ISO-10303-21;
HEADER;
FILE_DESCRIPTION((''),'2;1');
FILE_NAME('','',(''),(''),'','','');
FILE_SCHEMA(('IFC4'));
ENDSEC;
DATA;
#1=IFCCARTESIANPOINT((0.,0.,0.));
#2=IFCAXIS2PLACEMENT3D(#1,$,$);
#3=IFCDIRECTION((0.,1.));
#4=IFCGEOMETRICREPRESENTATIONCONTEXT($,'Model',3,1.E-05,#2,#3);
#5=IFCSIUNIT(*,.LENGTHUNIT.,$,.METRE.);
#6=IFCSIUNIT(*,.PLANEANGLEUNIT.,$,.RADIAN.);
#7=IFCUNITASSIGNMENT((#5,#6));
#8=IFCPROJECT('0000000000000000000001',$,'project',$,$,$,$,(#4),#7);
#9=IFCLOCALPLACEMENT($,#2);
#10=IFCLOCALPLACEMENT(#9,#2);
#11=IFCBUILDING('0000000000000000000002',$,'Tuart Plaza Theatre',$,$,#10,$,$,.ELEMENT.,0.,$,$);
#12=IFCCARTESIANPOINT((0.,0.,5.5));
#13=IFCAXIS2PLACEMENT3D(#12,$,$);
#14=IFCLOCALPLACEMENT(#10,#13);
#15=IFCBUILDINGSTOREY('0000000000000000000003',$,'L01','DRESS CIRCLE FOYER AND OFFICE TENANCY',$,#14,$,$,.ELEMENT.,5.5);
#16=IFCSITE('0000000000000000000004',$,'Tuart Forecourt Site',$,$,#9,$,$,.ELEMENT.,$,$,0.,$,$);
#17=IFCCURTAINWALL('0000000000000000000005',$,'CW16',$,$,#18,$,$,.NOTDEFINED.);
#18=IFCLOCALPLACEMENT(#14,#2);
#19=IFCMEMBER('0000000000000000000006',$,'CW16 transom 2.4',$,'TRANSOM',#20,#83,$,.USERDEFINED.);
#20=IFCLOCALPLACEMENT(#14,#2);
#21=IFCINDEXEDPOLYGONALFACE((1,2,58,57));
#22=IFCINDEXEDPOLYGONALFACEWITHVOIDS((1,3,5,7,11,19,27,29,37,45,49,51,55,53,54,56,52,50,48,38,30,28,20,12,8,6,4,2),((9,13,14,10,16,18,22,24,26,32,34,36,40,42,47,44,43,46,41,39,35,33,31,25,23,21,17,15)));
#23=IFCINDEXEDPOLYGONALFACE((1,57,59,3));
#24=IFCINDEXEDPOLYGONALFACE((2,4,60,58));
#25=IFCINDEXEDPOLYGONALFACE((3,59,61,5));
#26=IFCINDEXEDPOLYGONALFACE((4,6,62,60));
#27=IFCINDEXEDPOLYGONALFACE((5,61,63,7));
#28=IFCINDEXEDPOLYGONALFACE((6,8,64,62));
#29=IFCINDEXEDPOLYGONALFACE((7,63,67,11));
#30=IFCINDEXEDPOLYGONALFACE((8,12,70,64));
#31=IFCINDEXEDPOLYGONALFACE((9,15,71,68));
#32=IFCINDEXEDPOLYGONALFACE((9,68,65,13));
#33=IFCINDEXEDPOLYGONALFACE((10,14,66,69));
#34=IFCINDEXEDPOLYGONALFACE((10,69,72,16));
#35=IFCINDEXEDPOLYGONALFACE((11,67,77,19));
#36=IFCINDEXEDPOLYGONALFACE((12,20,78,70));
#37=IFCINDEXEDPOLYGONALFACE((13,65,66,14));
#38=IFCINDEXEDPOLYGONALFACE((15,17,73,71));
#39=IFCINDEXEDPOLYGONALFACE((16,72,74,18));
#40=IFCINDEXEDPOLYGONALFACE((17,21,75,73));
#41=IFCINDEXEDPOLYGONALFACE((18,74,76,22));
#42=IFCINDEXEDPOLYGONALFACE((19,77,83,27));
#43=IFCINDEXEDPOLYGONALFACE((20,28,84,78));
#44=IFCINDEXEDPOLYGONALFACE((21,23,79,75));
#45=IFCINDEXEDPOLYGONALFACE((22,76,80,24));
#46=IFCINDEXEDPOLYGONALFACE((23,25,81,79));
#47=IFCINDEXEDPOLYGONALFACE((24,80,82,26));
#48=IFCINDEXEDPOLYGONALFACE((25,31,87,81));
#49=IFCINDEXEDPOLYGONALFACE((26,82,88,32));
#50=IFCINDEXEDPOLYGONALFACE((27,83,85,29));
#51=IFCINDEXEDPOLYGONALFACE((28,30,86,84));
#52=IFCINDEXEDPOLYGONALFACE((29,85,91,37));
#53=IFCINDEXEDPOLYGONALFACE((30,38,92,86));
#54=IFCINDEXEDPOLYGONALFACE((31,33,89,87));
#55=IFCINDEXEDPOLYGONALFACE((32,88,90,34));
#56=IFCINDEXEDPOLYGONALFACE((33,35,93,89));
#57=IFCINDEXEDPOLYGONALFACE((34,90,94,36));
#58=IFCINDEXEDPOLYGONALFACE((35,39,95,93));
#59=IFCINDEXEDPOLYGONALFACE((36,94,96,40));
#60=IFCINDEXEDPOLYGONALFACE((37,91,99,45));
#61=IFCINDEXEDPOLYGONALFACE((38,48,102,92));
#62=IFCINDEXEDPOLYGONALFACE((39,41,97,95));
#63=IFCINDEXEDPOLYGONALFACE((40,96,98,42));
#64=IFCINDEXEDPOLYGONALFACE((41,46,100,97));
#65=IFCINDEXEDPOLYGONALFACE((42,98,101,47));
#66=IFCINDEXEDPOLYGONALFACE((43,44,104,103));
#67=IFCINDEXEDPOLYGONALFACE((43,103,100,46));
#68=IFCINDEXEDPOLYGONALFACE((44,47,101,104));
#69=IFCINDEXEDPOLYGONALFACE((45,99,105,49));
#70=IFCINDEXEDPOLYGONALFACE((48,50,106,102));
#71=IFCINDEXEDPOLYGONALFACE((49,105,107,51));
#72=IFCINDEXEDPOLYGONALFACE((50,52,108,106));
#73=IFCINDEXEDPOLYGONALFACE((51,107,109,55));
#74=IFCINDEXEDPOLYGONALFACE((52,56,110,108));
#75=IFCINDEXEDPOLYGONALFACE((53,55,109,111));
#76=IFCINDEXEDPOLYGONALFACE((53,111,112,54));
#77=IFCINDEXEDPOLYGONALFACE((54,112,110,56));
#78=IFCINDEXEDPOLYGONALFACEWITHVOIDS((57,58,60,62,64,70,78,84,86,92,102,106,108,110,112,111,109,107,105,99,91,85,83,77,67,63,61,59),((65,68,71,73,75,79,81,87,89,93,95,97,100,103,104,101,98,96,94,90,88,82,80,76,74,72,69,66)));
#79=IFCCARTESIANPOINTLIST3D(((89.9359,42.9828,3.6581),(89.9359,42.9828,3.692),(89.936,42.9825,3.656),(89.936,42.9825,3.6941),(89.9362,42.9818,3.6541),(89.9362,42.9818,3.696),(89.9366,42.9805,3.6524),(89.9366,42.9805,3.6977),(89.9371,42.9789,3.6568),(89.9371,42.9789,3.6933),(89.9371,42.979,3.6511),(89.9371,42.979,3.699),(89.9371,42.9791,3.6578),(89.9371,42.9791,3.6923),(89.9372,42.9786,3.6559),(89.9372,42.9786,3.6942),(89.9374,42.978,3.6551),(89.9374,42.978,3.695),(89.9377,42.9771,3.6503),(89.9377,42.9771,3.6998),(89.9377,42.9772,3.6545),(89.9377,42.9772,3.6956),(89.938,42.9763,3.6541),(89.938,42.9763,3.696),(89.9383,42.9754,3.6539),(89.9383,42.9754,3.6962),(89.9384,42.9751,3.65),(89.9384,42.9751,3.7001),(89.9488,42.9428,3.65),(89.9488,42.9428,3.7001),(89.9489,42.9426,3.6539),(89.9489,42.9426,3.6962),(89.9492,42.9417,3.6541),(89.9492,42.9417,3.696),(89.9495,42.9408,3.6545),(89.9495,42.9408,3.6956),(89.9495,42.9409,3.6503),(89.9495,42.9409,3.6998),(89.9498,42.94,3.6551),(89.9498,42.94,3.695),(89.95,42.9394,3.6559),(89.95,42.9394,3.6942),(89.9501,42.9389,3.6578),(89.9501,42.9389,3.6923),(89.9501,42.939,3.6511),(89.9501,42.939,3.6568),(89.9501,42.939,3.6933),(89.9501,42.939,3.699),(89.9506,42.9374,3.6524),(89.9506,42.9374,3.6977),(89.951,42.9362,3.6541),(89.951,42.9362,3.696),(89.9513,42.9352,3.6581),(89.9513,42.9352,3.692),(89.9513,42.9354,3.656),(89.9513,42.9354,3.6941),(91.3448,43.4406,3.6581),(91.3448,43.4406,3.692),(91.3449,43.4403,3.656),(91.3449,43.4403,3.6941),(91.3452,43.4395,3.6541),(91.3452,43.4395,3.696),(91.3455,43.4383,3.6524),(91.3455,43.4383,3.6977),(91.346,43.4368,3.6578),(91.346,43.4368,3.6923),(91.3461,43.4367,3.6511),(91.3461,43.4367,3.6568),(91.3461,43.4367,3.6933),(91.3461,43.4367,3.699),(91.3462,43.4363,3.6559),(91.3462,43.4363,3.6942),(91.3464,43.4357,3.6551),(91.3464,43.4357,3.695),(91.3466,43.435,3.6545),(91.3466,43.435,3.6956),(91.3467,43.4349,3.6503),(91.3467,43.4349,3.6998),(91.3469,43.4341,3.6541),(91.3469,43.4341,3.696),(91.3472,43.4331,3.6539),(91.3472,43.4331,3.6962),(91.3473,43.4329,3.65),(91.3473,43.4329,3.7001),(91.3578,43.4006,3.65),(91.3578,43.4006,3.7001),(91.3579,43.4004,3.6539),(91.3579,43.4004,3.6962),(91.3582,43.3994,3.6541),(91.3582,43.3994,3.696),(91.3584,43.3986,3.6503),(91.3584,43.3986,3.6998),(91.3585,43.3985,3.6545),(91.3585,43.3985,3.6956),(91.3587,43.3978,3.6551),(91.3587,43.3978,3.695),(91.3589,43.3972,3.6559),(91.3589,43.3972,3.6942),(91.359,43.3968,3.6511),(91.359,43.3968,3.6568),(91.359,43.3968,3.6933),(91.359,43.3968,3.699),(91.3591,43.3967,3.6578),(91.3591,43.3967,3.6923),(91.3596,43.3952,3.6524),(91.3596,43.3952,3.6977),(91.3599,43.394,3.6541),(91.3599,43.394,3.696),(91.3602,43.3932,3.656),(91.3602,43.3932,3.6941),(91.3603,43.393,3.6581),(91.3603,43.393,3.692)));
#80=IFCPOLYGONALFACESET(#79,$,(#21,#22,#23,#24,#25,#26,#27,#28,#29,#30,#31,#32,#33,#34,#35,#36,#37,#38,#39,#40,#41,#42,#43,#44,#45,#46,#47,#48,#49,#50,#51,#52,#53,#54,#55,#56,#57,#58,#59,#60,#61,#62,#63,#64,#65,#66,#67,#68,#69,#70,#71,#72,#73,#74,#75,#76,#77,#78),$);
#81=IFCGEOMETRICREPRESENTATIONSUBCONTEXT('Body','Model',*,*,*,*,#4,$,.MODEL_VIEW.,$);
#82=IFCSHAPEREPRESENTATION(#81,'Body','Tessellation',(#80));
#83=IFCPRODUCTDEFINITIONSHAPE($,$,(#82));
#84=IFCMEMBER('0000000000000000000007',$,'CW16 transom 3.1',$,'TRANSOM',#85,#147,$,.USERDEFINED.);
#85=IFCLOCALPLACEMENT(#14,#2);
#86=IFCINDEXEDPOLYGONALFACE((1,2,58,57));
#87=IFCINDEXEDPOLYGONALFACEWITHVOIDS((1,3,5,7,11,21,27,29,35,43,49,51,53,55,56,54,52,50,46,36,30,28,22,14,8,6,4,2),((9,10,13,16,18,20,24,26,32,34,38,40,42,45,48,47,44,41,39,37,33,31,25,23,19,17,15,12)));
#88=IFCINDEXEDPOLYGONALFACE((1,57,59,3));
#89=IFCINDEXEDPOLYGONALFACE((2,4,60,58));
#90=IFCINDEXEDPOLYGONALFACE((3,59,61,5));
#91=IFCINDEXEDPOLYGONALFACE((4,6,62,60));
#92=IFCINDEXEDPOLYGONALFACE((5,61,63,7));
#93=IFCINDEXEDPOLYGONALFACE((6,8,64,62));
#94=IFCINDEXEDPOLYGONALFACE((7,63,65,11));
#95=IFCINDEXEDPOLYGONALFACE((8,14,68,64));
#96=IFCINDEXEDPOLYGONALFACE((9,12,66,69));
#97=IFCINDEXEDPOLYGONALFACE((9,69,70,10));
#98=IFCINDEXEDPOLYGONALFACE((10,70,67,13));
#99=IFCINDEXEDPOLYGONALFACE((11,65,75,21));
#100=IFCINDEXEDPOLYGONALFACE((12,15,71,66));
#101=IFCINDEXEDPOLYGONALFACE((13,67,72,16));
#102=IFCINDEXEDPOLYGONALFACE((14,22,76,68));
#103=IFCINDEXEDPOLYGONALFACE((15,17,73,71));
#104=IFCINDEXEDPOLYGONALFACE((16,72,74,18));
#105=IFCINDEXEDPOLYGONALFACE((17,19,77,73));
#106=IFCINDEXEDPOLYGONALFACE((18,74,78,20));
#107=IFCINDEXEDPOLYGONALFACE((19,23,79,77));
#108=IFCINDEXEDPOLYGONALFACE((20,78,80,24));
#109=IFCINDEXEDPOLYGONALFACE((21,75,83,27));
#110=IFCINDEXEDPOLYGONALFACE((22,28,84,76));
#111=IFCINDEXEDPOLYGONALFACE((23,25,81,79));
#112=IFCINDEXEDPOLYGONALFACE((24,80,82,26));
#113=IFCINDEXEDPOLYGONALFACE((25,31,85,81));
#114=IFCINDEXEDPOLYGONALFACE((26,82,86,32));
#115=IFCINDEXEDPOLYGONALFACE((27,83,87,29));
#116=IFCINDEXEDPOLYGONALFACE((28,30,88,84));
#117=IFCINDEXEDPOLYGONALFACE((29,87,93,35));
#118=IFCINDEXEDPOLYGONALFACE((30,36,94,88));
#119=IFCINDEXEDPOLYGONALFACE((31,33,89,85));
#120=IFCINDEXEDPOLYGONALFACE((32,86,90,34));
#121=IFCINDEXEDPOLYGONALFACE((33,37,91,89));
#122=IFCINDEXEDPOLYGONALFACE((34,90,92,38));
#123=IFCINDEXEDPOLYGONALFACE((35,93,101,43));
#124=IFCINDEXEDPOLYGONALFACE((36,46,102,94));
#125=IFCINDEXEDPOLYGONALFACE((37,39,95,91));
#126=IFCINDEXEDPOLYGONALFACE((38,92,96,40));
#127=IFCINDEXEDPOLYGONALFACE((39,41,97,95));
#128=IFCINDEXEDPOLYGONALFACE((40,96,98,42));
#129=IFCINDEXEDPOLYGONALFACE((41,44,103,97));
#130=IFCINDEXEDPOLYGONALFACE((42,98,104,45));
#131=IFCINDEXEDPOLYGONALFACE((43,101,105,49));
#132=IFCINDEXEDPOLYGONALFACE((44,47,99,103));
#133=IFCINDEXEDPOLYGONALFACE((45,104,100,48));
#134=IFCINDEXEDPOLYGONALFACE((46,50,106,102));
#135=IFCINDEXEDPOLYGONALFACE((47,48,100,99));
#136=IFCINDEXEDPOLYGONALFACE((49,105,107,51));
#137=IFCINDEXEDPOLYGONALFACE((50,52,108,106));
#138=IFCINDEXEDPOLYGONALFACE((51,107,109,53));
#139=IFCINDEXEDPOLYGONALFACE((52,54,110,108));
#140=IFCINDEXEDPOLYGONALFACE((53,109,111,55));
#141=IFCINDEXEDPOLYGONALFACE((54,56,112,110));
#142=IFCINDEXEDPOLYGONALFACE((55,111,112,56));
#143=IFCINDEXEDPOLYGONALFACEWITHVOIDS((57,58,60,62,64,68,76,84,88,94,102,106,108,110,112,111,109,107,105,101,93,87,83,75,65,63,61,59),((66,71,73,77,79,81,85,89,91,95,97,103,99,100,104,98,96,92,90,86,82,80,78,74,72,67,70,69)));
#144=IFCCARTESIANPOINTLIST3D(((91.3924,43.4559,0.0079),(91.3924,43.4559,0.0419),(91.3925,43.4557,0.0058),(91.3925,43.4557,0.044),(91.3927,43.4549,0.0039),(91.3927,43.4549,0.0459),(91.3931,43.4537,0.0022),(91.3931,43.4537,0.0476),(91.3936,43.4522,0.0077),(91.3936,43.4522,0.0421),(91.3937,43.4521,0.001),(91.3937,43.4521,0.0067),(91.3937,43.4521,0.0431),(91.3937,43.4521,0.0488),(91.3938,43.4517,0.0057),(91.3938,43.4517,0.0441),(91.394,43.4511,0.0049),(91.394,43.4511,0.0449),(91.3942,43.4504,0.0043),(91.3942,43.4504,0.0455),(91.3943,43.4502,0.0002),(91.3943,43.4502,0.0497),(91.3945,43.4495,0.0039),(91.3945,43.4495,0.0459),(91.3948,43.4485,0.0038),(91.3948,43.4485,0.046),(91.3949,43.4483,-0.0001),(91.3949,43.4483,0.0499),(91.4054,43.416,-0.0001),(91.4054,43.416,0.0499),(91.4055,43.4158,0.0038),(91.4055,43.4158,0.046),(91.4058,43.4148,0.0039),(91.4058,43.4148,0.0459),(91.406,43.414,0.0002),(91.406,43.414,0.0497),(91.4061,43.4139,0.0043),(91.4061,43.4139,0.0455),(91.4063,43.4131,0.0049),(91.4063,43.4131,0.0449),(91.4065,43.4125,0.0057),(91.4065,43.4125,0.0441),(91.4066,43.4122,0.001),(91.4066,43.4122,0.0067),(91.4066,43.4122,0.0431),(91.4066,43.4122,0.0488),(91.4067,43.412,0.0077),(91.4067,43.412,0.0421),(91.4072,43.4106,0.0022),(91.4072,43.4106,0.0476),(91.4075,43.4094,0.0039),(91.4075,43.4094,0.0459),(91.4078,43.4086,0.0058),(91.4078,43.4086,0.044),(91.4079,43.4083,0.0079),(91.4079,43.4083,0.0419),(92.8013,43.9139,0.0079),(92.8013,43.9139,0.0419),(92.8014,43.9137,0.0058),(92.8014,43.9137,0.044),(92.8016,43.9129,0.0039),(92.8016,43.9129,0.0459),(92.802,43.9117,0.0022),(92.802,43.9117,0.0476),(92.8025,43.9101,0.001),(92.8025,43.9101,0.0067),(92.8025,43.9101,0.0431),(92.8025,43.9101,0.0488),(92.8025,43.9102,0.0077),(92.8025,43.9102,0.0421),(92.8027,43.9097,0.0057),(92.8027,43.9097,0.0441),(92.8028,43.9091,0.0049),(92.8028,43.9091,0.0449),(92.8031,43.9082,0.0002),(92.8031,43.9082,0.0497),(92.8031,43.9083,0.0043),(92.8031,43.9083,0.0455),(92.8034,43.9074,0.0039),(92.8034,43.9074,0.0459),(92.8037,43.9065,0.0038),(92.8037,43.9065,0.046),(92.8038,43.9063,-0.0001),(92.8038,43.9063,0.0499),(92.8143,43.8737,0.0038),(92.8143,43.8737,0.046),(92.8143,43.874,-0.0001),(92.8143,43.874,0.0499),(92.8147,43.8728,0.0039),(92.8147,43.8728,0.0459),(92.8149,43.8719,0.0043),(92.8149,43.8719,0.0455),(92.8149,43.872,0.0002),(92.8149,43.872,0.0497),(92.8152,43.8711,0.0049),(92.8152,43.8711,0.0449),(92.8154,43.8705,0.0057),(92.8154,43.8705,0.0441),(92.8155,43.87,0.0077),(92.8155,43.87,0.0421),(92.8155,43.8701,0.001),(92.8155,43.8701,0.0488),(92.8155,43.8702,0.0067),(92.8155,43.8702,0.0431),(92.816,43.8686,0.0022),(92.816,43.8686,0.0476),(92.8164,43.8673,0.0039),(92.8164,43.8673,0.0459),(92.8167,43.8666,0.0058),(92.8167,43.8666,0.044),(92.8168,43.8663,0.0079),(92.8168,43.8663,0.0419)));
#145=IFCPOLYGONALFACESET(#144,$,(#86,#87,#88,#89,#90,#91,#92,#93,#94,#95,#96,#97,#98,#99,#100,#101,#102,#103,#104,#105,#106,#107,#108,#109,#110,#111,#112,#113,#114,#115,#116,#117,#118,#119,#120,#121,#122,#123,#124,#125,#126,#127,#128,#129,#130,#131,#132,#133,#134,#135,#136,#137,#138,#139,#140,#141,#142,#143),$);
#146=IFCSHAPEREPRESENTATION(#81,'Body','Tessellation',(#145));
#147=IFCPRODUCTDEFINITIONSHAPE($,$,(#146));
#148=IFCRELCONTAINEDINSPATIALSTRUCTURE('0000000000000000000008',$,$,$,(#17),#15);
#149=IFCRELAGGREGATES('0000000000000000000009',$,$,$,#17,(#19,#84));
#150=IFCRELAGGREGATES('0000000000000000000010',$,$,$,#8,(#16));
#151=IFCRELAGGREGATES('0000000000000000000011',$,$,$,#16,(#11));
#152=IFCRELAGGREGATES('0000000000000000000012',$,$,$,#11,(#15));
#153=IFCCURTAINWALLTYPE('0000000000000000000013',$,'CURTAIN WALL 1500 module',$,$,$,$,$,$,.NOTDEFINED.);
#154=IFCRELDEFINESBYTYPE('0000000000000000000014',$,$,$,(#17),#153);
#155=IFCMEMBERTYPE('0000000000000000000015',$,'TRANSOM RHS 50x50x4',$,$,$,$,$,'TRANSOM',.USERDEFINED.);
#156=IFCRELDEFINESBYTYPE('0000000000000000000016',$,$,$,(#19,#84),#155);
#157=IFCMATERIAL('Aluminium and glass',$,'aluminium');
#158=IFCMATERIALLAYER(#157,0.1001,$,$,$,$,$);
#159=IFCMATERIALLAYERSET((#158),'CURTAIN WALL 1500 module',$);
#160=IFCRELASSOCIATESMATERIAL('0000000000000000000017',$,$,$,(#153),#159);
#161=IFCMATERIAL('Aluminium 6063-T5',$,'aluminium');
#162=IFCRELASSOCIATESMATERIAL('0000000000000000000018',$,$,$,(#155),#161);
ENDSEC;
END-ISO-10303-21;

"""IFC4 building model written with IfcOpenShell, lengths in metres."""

from ifc_helpers import new_model, si_unit, direction, frame, origin, origin_2d, place, context, subcontext, project, spatial, hollow_rectangle, extrude, material, layer, layer_set, material_profile, profile_set, type_object, element, aggregate, save


model = new_model("IFC4")

# Units and contexts
model_context = context("Model", 3, precision=1e-05, world=origin(), true_north=direction((0.0, 1.0)))
body_context = subcontext(model_context, "Body", "Model", "MODEL_VIEW")
ifc_project = project(units=[si_unit("LENGTHUNIT", "METRE"), si_unit("PLANEANGLEUNIT", "RADIAN")], contexts=[model_context])

# Site, building, storey
site_placement = place(None, origin())
site = spatial("IfcSite", under=ifc_project, at=site_placement, Name="Tuart Forecourt Site", CompositionType="ELEMENT", RefElevation=0.0)
building_placement = place(site_placement, origin())
building = spatial("IfcBuilding", under=site, at=building_placement, Name="Tuart Plaza Theatre", CompositionType="ELEMENT", ElevationOfRefHeight=0.0)
storey_placement = place(building_placement, frame((0.0, 0.0, 5.5)))
storey = spatial("IfcBuildingStorey", under=building, at=storey_placement, Name="L01", Description="DRESS CIRCLE FOYER AND OFFICE TENANCY", CompositionType="ELEMENT", Elevation=5.5)

# Curtain wall, members
ifc_material_1 = material(Name="Aluminium and glass", Category="aluminium")
ifc_layer_1 = layer(ifc_material_1, 0.1001)
ifc_layer_set_1 = layer_set([ifc_layer_1], Name="CURTAIN WALL 1500 module")
curtain_wall_type = type_object("IfcCurtainWallType", Name="CURTAIN WALL 1500 module", PredefinedType="NOTDEFINED", material=ifc_layer_set_1)
curtain_wall_placement = place(storey_placement, origin())
curtain_wall = element("IfcCurtainWall", 1, at=curtain_wall_placement, inside=storey, type_object=curtain_wall_type, Name="CW16", PredefinedType="NOTDEFINED")
ifc_material_2 = material(Name="Aluminium 6063-T5", Category="aluminium")
ifc_material_profile_1 = material_profile(ifc_material_2, hollow_rectangle(XDim=0.05, YDim=0.05, WallThickness=0.0039, InnerFilletRadius=0.0039, OuterFilletRadius=0.0081, at=origin_2d()), Name="RHS 50x50x4")
ifc_profile_set_1 = profile_set([ifc_material_profile_1], Name="Aluminium 6063-T5")
member_type_1 = type_object("IfcMemberType", Name="TRANSOM RHS 50x50x4", ElementType="TRANSOM", PredefinedType="USERDEFINED", material=ifc_profile_set_1)
member_1_placement = place(storey_placement, frame((89.9436, 42.959, 3.675), z_axis=(0.951062, 0.309, 0.0), x_axis=(-0.309, 0.951062, 0.0)))
member_1 = element("IfcMember", 2, at=member_1_placement, type_object=member_type_1, Name="CW16 transom 2.4", ObjectType="TRANSOM", PredefinedType="USERDEFINED", context=body_context, shape_type="SweptSolid", body=[
    extrude(hollow_rectangle(XDim=0.05, YDim=0.05, WallThickness=0.0039, InnerFilletRadius=0.0039, OuterFilletRadius=0.0081, at=origin_2d()), origin(), (0.0, 0.0, 1.0), 1.4814),
])
member_2_placement = place(storey_placement, frame((91.4001, 43.4321, 0.0249), z_axis=(0.951013, 0.309149, 0.0), x_axis=(-0.309149, 0.951013, 0.0)))
member_2 = element("IfcMember", 3, at=member_2_placement, type_object=member_type_1, Name="CW16 transom 3.1", ObjectType="TRANSOM", PredefinedType="USERDEFINED", context=body_context, shape_type="SweptSolid", body=[
    extrude(hollow_rectangle(XDim=0.05, YDim=0.05, WallThickness=0.0039, InnerFilletRadius=0.0039, OuterFilletRadius=0.0081, at=origin_2d()), origin(), (0.0, 0.0, 1.0), 1.4814),
])
aggregate(curtain_wall, [member_1, member_2])

save(model, "model.ifc")
